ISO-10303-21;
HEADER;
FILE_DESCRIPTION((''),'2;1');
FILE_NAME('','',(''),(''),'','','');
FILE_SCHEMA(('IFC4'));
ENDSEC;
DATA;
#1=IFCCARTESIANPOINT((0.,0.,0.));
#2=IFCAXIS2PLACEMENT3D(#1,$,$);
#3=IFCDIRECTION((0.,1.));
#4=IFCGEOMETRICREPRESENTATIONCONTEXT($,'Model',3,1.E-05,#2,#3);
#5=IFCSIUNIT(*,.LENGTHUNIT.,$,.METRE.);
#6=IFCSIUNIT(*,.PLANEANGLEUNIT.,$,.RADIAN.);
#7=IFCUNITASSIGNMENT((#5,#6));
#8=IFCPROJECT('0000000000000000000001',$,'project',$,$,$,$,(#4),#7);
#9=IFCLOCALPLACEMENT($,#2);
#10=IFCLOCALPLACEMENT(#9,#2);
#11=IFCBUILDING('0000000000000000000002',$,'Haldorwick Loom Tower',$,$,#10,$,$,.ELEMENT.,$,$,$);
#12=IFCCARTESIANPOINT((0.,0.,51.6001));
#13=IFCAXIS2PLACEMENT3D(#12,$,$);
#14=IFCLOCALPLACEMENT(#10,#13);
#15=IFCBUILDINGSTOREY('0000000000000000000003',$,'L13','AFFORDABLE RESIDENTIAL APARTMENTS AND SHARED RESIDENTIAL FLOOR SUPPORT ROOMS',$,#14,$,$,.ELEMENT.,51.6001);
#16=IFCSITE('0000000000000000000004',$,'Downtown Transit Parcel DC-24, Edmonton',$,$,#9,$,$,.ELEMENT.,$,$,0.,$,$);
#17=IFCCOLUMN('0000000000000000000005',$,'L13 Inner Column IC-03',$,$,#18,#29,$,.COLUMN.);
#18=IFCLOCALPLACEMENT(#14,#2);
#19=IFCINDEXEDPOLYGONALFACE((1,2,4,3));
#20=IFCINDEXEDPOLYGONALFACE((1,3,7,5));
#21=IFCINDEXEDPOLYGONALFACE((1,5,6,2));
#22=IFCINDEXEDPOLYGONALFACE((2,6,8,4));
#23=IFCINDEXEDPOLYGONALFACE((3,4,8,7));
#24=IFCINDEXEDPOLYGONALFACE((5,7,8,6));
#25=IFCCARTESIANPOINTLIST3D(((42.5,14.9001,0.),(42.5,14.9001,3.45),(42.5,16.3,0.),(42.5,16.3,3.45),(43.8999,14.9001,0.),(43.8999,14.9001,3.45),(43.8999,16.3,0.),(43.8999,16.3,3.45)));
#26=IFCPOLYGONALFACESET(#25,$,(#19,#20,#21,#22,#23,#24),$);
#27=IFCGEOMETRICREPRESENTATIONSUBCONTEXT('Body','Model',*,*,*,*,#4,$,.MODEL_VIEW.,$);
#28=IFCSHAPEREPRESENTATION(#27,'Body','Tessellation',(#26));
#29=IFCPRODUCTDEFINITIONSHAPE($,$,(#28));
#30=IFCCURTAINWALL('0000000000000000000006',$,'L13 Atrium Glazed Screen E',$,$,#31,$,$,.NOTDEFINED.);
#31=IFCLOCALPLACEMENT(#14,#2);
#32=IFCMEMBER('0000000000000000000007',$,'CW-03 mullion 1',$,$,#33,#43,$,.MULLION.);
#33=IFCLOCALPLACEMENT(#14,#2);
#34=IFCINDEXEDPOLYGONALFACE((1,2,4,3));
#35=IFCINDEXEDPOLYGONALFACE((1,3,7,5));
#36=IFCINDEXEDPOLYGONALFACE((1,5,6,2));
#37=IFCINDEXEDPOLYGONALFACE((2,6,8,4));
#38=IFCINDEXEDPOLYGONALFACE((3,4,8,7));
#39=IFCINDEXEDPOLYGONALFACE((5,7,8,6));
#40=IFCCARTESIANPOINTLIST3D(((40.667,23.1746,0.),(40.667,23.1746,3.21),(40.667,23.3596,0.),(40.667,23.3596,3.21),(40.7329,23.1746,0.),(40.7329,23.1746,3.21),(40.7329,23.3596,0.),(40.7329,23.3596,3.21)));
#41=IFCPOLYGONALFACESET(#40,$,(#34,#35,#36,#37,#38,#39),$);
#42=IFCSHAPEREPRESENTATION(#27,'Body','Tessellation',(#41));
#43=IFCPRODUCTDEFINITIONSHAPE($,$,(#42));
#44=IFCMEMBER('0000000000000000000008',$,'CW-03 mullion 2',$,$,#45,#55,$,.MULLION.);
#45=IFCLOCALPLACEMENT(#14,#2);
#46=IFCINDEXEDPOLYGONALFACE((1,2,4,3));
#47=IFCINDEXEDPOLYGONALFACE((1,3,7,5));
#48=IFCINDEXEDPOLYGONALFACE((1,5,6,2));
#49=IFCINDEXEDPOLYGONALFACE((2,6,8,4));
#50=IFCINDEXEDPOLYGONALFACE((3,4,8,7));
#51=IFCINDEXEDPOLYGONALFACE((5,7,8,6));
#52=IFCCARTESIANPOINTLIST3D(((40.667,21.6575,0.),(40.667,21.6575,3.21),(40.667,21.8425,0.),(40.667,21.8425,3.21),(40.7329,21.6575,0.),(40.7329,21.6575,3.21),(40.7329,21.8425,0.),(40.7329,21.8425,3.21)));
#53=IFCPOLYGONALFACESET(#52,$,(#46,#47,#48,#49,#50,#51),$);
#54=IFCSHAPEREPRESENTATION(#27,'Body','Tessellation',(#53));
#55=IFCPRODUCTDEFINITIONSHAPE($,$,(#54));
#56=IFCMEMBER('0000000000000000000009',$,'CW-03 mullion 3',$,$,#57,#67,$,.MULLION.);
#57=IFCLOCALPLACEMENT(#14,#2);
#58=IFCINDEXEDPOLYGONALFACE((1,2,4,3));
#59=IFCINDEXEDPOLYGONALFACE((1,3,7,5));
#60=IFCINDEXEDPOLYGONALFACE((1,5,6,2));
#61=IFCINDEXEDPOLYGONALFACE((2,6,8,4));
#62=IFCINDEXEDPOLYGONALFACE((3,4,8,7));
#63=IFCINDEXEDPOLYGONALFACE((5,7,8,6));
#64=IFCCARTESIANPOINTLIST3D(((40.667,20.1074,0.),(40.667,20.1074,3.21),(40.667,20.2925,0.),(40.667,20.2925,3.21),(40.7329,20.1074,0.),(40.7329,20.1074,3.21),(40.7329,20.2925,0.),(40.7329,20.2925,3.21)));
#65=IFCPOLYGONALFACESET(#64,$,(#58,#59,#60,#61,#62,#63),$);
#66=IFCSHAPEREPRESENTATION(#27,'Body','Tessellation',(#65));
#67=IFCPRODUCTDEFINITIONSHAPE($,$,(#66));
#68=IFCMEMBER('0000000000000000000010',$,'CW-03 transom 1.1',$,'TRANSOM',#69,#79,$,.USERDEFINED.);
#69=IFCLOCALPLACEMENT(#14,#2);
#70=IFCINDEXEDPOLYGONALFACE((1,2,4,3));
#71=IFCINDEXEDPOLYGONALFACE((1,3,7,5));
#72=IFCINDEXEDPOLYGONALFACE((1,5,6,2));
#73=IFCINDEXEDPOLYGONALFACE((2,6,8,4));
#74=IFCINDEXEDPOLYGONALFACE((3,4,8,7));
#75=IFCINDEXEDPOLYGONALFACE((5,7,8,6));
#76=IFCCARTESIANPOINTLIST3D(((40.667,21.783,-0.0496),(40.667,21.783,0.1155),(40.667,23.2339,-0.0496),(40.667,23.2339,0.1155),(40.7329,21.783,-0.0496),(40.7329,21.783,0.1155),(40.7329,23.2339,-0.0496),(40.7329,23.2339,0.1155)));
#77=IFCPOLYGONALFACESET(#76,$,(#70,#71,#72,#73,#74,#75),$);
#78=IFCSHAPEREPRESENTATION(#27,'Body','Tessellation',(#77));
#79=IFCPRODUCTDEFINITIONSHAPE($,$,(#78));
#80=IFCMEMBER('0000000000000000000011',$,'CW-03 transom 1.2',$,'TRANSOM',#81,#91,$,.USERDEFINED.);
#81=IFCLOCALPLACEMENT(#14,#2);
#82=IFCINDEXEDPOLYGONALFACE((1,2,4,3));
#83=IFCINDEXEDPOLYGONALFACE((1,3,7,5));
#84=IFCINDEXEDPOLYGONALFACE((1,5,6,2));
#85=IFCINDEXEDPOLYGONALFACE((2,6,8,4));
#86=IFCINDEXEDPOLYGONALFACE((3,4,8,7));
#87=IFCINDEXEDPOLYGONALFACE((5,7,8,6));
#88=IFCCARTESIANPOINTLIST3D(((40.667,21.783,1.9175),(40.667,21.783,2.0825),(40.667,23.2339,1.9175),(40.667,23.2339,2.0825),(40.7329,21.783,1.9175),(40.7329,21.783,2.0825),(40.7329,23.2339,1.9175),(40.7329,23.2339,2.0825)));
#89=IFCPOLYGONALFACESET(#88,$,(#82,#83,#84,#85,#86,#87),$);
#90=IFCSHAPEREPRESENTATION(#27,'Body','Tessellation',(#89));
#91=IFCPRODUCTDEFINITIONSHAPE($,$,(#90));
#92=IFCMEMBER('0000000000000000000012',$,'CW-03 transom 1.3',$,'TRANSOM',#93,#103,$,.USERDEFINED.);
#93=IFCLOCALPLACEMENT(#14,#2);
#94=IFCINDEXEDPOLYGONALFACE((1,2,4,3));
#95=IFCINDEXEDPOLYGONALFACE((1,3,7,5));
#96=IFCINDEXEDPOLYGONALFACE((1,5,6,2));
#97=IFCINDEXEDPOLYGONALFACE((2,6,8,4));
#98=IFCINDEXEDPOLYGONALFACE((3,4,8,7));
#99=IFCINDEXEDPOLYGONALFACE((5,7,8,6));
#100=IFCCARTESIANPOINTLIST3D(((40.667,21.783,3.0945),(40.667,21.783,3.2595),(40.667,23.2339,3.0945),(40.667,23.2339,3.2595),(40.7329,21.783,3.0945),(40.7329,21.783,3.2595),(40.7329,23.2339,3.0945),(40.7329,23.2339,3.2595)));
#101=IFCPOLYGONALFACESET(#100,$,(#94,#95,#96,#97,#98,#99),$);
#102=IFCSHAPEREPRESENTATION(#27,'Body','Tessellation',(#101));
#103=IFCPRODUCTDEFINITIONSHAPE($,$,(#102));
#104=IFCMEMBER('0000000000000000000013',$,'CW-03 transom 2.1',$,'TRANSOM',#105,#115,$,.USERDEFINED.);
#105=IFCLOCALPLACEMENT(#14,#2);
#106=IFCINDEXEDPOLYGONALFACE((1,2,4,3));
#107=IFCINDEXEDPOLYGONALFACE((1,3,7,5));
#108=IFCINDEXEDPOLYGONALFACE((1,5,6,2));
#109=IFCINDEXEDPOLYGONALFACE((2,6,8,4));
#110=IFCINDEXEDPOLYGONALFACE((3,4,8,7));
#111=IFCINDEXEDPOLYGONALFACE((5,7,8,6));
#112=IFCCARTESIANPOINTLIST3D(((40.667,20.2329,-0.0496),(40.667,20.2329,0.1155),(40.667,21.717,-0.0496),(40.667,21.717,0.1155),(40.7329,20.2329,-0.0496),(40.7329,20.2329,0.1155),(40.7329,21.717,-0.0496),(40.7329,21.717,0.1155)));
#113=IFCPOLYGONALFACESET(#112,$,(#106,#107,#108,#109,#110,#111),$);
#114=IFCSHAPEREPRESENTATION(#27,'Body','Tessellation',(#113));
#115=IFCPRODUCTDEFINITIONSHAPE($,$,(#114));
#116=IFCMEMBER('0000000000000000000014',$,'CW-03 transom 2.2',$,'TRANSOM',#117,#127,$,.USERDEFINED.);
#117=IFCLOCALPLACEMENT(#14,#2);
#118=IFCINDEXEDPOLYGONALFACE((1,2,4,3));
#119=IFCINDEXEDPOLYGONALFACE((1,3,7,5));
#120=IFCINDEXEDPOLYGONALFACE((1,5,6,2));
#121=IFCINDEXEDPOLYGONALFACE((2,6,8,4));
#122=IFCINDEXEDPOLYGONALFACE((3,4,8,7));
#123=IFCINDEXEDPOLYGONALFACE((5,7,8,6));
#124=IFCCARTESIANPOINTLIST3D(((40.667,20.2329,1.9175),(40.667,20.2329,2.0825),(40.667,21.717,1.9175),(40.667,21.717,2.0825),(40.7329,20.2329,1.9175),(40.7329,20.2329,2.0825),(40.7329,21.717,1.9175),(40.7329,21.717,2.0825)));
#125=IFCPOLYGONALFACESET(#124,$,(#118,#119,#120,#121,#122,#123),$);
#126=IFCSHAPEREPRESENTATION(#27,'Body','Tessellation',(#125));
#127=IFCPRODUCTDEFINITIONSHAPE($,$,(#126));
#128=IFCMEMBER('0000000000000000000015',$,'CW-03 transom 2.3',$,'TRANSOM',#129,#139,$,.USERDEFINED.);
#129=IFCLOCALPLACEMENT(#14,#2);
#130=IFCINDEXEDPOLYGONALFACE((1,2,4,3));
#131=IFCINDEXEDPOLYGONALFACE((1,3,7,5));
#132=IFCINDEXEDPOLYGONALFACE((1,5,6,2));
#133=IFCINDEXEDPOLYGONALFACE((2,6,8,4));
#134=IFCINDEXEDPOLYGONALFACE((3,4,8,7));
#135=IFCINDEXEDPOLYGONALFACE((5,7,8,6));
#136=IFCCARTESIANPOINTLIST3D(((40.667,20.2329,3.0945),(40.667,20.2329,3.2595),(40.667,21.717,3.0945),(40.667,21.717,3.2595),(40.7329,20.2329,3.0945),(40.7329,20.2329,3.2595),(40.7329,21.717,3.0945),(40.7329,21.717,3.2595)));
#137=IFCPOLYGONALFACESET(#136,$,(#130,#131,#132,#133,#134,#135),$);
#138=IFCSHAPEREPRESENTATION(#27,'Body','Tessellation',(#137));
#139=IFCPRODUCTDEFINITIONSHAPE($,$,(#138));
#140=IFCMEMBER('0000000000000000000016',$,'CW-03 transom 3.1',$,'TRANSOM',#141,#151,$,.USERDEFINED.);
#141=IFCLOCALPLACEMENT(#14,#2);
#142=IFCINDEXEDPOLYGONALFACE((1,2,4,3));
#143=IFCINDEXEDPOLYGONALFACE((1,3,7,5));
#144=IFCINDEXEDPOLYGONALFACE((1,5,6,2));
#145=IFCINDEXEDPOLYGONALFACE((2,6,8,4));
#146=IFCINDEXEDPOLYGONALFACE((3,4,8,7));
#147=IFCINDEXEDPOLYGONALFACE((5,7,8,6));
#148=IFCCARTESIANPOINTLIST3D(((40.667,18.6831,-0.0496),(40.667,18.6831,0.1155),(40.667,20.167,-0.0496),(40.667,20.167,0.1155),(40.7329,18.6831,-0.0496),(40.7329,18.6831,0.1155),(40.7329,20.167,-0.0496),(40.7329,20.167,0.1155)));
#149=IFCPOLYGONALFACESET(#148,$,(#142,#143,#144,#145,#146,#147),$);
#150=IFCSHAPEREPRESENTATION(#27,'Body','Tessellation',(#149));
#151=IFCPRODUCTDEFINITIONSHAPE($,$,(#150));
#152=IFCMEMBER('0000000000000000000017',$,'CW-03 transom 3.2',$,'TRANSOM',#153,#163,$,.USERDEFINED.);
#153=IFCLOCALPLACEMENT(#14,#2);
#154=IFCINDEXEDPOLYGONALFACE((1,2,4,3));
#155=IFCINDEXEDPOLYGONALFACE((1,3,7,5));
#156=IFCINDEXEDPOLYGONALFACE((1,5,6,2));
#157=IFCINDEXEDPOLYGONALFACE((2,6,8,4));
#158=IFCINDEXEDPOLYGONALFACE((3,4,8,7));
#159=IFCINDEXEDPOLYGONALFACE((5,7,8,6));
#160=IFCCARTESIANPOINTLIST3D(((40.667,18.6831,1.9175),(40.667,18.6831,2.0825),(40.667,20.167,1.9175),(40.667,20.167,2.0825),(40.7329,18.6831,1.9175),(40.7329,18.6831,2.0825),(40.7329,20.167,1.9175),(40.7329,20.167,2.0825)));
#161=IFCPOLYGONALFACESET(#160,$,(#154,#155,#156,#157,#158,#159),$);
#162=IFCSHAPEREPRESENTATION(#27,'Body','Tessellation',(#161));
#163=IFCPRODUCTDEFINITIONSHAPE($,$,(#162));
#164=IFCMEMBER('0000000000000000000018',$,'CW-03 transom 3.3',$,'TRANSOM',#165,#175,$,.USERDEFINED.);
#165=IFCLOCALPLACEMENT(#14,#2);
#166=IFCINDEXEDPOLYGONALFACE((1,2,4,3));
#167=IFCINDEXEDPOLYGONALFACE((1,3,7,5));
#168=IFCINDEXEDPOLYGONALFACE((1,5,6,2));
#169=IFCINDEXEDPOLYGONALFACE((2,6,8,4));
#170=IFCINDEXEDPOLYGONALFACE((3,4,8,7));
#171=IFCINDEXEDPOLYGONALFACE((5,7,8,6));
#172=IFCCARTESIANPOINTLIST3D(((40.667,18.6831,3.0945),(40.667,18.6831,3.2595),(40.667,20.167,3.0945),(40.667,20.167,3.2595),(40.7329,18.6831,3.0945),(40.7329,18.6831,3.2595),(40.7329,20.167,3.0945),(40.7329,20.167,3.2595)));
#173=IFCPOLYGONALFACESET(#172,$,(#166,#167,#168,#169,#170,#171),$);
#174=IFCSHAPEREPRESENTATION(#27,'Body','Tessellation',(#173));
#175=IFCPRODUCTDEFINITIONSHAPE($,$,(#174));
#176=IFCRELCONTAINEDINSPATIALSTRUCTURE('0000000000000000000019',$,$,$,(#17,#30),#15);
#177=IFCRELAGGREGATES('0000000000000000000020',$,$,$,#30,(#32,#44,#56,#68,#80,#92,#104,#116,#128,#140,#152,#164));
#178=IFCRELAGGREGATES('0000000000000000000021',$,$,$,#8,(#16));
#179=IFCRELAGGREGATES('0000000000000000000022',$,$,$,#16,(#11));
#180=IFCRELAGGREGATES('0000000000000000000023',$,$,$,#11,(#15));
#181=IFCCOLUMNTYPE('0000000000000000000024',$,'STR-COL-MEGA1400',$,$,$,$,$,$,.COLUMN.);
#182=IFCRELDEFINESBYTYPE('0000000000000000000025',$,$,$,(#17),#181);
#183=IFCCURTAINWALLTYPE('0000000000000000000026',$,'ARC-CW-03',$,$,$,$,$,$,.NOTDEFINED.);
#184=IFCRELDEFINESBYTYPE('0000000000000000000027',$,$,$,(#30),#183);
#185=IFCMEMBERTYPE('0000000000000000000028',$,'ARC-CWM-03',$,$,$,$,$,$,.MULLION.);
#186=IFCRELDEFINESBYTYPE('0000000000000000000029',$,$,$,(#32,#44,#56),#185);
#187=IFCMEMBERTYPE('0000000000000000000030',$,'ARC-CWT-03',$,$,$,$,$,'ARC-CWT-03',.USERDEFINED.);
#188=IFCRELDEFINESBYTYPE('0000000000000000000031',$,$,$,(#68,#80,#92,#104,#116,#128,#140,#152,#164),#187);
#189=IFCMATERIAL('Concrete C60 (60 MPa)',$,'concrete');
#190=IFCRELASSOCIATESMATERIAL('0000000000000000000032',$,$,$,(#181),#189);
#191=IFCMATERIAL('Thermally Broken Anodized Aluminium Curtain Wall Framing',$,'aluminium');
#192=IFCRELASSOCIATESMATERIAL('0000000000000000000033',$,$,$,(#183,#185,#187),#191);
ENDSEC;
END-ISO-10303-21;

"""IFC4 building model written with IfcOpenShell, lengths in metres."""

from ifc_helpers import new_model, si_unit, direction, frame, origin, origin_2d, place, context, subcontext, project, spatial, rectangle, extrude, material, material_profile, profile_set, type_object, element, aggregate, save


model = new_model("IFC4")

# Units and contexts
model_context = context("Model", 3, precision=1e-05, world=origin(), true_north=direction((0.0, 1.0)))
body_context = subcontext(model_context, "Body", "Model", "MODEL_VIEW")
ifc_project = project(units=[si_unit("LENGTHUNIT", "METRE"), si_unit("PLANEANGLEUNIT", "RADIAN")], contexts=[model_context])

# Site, building, storey
site_placement = place(None, origin())
site = spatial("IfcSite", under=ifc_project, at=site_placement, Name="Downtown Transit Parcel DC-24, Edmonton", CompositionType="ELEMENT", RefElevation=0.0)
building_placement = place(site_placement, origin())
building = spatial("IfcBuilding", under=site, at=building_placement, Name="Haldorwick Loom Tower", CompositionType="ELEMENT")
storey_placement = place(building_placement, frame((0.0, 0.0, 51.6001)))
storey = spatial("IfcBuildingStorey", under=building, at=storey_placement, Name="L13", Description="AFFORDABLE RESIDENTIAL APARTMENTS AND SHARED RESIDENTIAL FLOOR SUPPORT ROOMS", CompositionType="ELEMENT", Elevation=51.6001)

# Column
ifc_material_1 = material(Name="Concrete C60 (60 MPa)", Category="concrete")
ifc_material_profile_1 = material_profile(ifc_material_1, rectangle(XDim=1.3999, YDim=1.3999, at=origin_2d()), Name="RC1400X1400", Category="concrete")
ifc_profile_set_1 = profile_set([ifc_material_profile_1], Name="Concrete C60 (60 MPa)")
column_type = type_object("IfcColumnType", Name="STR-COL-MEGA1400", PredefinedType="COLUMN", material=ifc_profile_set_1)
column_placement = place(storey_placement, frame((43.2, 15.6001, 0.0), z_axis=(0.0, 0.0, 1.0), x_axis=(1.0, 0.0, 0.0)))
element("IfcColumn", 1, at=column_placement, inside=storey, type_object=column_type, Name="L13 Inner Column IC-03", PredefinedType="COLUMN", context=body_context, shape_type="SweptSolid", body=[
    extrude(rectangle(XDim=1.3999, YDim=1.3999, at=origin_2d()), origin(), (0.0, 0.0, 1.0), 3.45),
])

# Curtain wall, members
ifc_material_2 = material(Name="Thermally Broken Anodized Aluminium Curtain Wall Framing", Category="aluminium")
curtain_wall_type = type_object("IfcCurtainWallType", Name="ARC-CW-03", PredefinedType="NOTDEFINED", material=ifc_material_2)
curtain_wall_placement = place(storey_placement, origin())
curtain_wall = element("IfcCurtainWall", 2, at=curtain_wall_placement, inside=storey, type_object=curtain_wall_type, Name="L13 Atrium Glazed Screen E", PredefinedType="NOTDEFINED")
ifc_material_profile_2 = material_profile(ifc_material_2, rectangle(XDim=0.0659, YDim=0.1851, at=origin_2d()), Name="ALU_MUL_66X185", Category="aluminium")
ifc_profile_set_2 = profile_set([ifc_material_profile_2], Name="Thermally Broken Anodized Aluminium Curtain Wall Framing")
member_type_1 = type_object("IfcMemberType", Name="ARC-CWM-03", PredefinedType="MULLION", material=ifc_profile_set_2)
member_1_placement = place(storey_placement, frame((40.7, 23.2671, 0.0), z_axis=(0.0, 0.0, 1.0), x_axis=(1.0, 0.0, 0.0)))
member_1 = element("IfcMember", 3, at=member_1_placement, type_object=member_type_1, Name="CW-03 mullion 1", PredefinedType="MULLION", context=body_context, shape_type="SweptSolid", body=[
    extrude(rectangle(XDim=0.0659, YDim=0.1851, at=origin_2d()), origin(), (0.0, 0.0, 1.0), 3.21),
])
member_2_placement = place(storey_placement, frame((40.7, 21.75, 0.0), z_axis=(0.0, 0.0, 1.0), x_axis=(1.0, 0.0, 0.0)))
member_2 = element("IfcMember", 4, at=member_2_placement, type_object=member_type_1, Name="CW-03 mullion 2", PredefinedType="MULLION", context=body_context, shape_type="SweptSolid", body=[
    extrude(rectangle(XDim=0.0659, YDim=0.1851, at=origin_2d()), origin(), (0.0, 0.0, 1.0), 3.21),
])
member_3_placement = place(storey_placement, frame((40.7, 20.2, 0.0), z_axis=(0.0, 0.0, 1.0), x_axis=(1.0, 0.0, 0.0)))
member_3 = element("IfcMember", 5, at=member_3_placement, type_object=member_type_1, Name="CW-03 mullion 3", PredefinedType="MULLION", context=body_context, shape_type="SweptSolid", body=[
    extrude(rectangle(XDim=0.0659, YDim=0.1851, at=origin_2d()), origin(), (0.0, 0.0, 1.0), 3.21),
])
ifc_material_profile_3 = material_profile(ifc_material_2, rectangle(XDim=0.0659, YDim=0.165, at=origin_2d()), Name="ALU_TRN_66X165", Category="aluminium")
ifc_profile_set_3 = profile_set([ifc_material_profile_3], Name="Thermally Broken Anodized Aluminium Curtain Wall Framing")
member_type_2 = type_object("IfcMemberType", Name="ARC-CWT-03", ElementType="ARC-CWT-03", PredefinedType="USERDEFINED", material=ifc_profile_set_3)
member_4_placement = place(storey_placement, frame((40.7, 23.2339, 0.033), z_axis=(0.0, -1.0, 0.0), x_axis=(1.0, 0.0, 0.0)))
member_4 = element("IfcMember", 6, at=member_4_placement, type_object=member_type_2, Name="CW-03 transom 1.1", ObjectType="TRANSOM", PredefinedType="USERDEFINED", context=body_context, shape_type="SweptSolid", body=[
    extrude(rectangle(XDim=0.0659, YDim=0.165, at=origin_2d()), origin(), (0.0, 0.0, 1.0), 1.4509),
])
member_5_placement = place(storey_placement, frame((40.7, 23.2339, 2.0), z_axis=(0.0, -1.0, 0.0), x_axis=(1.0, 0.0, 0.0)))
member_5 = element("IfcMember", 7, at=member_5_placement, type_object=member_type_2, Name="CW-03 transom 1.2", ObjectType="TRANSOM", PredefinedType="USERDEFINED", context=body_context, shape_type="SweptSolid", body=[
    extrude(rectangle(XDim=0.0659, YDim=0.165, at=origin_2d()), origin(), (0.0, 0.0, 1.0), 1.4509),
])
member_6_placement = place(storey_placement, frame((40.7, 23.2339, 3.177), z_axis=(0.0, -1.0, 0.0), x_axis=(1.0, 0.0, 0.0)))
member_6 = element("IfcMember", 8, at=member_6_placement, type_object=member_type_2, Name="CW-03 transom 1.3", ObjectType="TRANSOM", PredefinedType="USERDEFINED", context=body_context, shape_type="SweptSolid", body=[
    extrude(rectangle(XDim=0.0659, YDim=0.165, at=origin_2d()), origin(), (0.0, 0.0, 1.0), 1.4509),
])
member_7_placement = place(storey_placement, frame((40.7, 21.717, 0.033), z_axis=(0.0, -1.0, 0.0), x_axis=(1.0, 0.0, 0.0)))
member_7 = element("IfcMember", 9, at=member_7_placement, type_object=member_type_2, Name="CW-03 transom 2.1", ObjectType="TRANSOM", PredefinedType="USERDEFINED", context=body_context, shape_type="SweptSolid", body=[
    extrude(rectangle(XDim=0.0659, YDim=0.165, at=origin_2d()), origin(), (0.0, 0.0, 1.0), 1.4841),
])
member_8_placement = place(storey_placement, frame((40.7, 21.717, 2.0), z_axis=(0.0, -1.0, 0.0), x_axis=(1.0, 0.0, 0.0)))
member_8 = element("IfcMember", 10, at=member_8_placement, type_object=member_type_2, Name="CW-03 transom 2.2", ObjectType="TRANSOM", PredefinedType="USERDEFINED", context=body_context, shape_type="SweptSolid", body=[
    extrude(rectangle(XDim=0.0659, YDim=0.165, at=origin_2d()), origin(), (0.0, 0.0, 1.0), 1.4841),
])
member_9_placement = place(storey_placement, frame((40.7, 21.717, 3.177), z_axis=(0.0, -1.0, 0.0), x_axis=(1.0, 0.0, 0.0)))
member_9 = element("IfcMember", 11, at=member_9_placement, type_object=member_type_2, Name="CW-03 transom 2.3", ObjectType="TRANSOM", PredefinedType="USERDEFINED", context=body_context, shape_type="SweptSolid", body=[
    extrude(rectangle(XDim=0.0659, YDim=0.165, at=origin_2d()), origin(), (0.0, 0.0, 1.0), 1.4841),
])
member_10_placement = place(storey_placement, frame((40.7, 20.167, 0.033), z_axis=(0.0, -1.0, 0.0), x_axis=(1.0, 0.0, 0.0)))
member_10 = element("IfcMember", 12, at=member_10_placement, type_object=member_type_2, Name="CW-03 transom 3.1", ObjectType="TRANSOM", PredefinedType="USERDEFINED", context=body_context, shape_type="SweptSolid", body=[
    extrude(rectangle(XDim=0.0659, YDim=0.165, at=origin_2d()), origin(), (0.0, 0.0, 1.0), 1.4839),
])
member_11_placement = place(storey_placement, frame((40.7, 20.167, 2.0), z_axis=(0.0, -1.0, 0.0), x_axis=(1.0, 0.0, 0.0)))
member_11 = element("IfcMember", 13, at=member_11_placement, type_object=member_type_2, Name="CW-03 transom 3.2", ObjectType="TRANSOM", PredefinedType="USERDEFINED", context=body_context, shape_type="SweptSolid", body=[
    extrude(rectangle(XDim=0.0659, YDim=0.165, at=origin_2d()), origin(), (0.0, 0.0, 1.0), 1.4839),
])
member_12_placement = place(storey_placement, frame((40.7, 20.167, 3.177), z_axis=(0.0, -1.0, 0.0), x_axis=(1.0, 0.0, 0.0)))
member_12 = element("IfcMember", 14, at=member_12_placement, type_object=member_type_2, Name="CW-03 transom 3.3", ObjectType="TRANSOM", PredefinedType="USERDEFINED", context=body_context, shape_type="SweptSolid", body=[
    extrude(rectangle(XDim=0.0659, YDim=0.165, at=origin_2d()), origin(), (0.0, 0.0, 1.0), 1.4839),
])

aggregate(curtain_wall, [member_1, member_2, member_3, member_4, member_5, member_6, member_7, member_8, member_9, member_10, member_11, member_12])

save(model, "model.ifc")
